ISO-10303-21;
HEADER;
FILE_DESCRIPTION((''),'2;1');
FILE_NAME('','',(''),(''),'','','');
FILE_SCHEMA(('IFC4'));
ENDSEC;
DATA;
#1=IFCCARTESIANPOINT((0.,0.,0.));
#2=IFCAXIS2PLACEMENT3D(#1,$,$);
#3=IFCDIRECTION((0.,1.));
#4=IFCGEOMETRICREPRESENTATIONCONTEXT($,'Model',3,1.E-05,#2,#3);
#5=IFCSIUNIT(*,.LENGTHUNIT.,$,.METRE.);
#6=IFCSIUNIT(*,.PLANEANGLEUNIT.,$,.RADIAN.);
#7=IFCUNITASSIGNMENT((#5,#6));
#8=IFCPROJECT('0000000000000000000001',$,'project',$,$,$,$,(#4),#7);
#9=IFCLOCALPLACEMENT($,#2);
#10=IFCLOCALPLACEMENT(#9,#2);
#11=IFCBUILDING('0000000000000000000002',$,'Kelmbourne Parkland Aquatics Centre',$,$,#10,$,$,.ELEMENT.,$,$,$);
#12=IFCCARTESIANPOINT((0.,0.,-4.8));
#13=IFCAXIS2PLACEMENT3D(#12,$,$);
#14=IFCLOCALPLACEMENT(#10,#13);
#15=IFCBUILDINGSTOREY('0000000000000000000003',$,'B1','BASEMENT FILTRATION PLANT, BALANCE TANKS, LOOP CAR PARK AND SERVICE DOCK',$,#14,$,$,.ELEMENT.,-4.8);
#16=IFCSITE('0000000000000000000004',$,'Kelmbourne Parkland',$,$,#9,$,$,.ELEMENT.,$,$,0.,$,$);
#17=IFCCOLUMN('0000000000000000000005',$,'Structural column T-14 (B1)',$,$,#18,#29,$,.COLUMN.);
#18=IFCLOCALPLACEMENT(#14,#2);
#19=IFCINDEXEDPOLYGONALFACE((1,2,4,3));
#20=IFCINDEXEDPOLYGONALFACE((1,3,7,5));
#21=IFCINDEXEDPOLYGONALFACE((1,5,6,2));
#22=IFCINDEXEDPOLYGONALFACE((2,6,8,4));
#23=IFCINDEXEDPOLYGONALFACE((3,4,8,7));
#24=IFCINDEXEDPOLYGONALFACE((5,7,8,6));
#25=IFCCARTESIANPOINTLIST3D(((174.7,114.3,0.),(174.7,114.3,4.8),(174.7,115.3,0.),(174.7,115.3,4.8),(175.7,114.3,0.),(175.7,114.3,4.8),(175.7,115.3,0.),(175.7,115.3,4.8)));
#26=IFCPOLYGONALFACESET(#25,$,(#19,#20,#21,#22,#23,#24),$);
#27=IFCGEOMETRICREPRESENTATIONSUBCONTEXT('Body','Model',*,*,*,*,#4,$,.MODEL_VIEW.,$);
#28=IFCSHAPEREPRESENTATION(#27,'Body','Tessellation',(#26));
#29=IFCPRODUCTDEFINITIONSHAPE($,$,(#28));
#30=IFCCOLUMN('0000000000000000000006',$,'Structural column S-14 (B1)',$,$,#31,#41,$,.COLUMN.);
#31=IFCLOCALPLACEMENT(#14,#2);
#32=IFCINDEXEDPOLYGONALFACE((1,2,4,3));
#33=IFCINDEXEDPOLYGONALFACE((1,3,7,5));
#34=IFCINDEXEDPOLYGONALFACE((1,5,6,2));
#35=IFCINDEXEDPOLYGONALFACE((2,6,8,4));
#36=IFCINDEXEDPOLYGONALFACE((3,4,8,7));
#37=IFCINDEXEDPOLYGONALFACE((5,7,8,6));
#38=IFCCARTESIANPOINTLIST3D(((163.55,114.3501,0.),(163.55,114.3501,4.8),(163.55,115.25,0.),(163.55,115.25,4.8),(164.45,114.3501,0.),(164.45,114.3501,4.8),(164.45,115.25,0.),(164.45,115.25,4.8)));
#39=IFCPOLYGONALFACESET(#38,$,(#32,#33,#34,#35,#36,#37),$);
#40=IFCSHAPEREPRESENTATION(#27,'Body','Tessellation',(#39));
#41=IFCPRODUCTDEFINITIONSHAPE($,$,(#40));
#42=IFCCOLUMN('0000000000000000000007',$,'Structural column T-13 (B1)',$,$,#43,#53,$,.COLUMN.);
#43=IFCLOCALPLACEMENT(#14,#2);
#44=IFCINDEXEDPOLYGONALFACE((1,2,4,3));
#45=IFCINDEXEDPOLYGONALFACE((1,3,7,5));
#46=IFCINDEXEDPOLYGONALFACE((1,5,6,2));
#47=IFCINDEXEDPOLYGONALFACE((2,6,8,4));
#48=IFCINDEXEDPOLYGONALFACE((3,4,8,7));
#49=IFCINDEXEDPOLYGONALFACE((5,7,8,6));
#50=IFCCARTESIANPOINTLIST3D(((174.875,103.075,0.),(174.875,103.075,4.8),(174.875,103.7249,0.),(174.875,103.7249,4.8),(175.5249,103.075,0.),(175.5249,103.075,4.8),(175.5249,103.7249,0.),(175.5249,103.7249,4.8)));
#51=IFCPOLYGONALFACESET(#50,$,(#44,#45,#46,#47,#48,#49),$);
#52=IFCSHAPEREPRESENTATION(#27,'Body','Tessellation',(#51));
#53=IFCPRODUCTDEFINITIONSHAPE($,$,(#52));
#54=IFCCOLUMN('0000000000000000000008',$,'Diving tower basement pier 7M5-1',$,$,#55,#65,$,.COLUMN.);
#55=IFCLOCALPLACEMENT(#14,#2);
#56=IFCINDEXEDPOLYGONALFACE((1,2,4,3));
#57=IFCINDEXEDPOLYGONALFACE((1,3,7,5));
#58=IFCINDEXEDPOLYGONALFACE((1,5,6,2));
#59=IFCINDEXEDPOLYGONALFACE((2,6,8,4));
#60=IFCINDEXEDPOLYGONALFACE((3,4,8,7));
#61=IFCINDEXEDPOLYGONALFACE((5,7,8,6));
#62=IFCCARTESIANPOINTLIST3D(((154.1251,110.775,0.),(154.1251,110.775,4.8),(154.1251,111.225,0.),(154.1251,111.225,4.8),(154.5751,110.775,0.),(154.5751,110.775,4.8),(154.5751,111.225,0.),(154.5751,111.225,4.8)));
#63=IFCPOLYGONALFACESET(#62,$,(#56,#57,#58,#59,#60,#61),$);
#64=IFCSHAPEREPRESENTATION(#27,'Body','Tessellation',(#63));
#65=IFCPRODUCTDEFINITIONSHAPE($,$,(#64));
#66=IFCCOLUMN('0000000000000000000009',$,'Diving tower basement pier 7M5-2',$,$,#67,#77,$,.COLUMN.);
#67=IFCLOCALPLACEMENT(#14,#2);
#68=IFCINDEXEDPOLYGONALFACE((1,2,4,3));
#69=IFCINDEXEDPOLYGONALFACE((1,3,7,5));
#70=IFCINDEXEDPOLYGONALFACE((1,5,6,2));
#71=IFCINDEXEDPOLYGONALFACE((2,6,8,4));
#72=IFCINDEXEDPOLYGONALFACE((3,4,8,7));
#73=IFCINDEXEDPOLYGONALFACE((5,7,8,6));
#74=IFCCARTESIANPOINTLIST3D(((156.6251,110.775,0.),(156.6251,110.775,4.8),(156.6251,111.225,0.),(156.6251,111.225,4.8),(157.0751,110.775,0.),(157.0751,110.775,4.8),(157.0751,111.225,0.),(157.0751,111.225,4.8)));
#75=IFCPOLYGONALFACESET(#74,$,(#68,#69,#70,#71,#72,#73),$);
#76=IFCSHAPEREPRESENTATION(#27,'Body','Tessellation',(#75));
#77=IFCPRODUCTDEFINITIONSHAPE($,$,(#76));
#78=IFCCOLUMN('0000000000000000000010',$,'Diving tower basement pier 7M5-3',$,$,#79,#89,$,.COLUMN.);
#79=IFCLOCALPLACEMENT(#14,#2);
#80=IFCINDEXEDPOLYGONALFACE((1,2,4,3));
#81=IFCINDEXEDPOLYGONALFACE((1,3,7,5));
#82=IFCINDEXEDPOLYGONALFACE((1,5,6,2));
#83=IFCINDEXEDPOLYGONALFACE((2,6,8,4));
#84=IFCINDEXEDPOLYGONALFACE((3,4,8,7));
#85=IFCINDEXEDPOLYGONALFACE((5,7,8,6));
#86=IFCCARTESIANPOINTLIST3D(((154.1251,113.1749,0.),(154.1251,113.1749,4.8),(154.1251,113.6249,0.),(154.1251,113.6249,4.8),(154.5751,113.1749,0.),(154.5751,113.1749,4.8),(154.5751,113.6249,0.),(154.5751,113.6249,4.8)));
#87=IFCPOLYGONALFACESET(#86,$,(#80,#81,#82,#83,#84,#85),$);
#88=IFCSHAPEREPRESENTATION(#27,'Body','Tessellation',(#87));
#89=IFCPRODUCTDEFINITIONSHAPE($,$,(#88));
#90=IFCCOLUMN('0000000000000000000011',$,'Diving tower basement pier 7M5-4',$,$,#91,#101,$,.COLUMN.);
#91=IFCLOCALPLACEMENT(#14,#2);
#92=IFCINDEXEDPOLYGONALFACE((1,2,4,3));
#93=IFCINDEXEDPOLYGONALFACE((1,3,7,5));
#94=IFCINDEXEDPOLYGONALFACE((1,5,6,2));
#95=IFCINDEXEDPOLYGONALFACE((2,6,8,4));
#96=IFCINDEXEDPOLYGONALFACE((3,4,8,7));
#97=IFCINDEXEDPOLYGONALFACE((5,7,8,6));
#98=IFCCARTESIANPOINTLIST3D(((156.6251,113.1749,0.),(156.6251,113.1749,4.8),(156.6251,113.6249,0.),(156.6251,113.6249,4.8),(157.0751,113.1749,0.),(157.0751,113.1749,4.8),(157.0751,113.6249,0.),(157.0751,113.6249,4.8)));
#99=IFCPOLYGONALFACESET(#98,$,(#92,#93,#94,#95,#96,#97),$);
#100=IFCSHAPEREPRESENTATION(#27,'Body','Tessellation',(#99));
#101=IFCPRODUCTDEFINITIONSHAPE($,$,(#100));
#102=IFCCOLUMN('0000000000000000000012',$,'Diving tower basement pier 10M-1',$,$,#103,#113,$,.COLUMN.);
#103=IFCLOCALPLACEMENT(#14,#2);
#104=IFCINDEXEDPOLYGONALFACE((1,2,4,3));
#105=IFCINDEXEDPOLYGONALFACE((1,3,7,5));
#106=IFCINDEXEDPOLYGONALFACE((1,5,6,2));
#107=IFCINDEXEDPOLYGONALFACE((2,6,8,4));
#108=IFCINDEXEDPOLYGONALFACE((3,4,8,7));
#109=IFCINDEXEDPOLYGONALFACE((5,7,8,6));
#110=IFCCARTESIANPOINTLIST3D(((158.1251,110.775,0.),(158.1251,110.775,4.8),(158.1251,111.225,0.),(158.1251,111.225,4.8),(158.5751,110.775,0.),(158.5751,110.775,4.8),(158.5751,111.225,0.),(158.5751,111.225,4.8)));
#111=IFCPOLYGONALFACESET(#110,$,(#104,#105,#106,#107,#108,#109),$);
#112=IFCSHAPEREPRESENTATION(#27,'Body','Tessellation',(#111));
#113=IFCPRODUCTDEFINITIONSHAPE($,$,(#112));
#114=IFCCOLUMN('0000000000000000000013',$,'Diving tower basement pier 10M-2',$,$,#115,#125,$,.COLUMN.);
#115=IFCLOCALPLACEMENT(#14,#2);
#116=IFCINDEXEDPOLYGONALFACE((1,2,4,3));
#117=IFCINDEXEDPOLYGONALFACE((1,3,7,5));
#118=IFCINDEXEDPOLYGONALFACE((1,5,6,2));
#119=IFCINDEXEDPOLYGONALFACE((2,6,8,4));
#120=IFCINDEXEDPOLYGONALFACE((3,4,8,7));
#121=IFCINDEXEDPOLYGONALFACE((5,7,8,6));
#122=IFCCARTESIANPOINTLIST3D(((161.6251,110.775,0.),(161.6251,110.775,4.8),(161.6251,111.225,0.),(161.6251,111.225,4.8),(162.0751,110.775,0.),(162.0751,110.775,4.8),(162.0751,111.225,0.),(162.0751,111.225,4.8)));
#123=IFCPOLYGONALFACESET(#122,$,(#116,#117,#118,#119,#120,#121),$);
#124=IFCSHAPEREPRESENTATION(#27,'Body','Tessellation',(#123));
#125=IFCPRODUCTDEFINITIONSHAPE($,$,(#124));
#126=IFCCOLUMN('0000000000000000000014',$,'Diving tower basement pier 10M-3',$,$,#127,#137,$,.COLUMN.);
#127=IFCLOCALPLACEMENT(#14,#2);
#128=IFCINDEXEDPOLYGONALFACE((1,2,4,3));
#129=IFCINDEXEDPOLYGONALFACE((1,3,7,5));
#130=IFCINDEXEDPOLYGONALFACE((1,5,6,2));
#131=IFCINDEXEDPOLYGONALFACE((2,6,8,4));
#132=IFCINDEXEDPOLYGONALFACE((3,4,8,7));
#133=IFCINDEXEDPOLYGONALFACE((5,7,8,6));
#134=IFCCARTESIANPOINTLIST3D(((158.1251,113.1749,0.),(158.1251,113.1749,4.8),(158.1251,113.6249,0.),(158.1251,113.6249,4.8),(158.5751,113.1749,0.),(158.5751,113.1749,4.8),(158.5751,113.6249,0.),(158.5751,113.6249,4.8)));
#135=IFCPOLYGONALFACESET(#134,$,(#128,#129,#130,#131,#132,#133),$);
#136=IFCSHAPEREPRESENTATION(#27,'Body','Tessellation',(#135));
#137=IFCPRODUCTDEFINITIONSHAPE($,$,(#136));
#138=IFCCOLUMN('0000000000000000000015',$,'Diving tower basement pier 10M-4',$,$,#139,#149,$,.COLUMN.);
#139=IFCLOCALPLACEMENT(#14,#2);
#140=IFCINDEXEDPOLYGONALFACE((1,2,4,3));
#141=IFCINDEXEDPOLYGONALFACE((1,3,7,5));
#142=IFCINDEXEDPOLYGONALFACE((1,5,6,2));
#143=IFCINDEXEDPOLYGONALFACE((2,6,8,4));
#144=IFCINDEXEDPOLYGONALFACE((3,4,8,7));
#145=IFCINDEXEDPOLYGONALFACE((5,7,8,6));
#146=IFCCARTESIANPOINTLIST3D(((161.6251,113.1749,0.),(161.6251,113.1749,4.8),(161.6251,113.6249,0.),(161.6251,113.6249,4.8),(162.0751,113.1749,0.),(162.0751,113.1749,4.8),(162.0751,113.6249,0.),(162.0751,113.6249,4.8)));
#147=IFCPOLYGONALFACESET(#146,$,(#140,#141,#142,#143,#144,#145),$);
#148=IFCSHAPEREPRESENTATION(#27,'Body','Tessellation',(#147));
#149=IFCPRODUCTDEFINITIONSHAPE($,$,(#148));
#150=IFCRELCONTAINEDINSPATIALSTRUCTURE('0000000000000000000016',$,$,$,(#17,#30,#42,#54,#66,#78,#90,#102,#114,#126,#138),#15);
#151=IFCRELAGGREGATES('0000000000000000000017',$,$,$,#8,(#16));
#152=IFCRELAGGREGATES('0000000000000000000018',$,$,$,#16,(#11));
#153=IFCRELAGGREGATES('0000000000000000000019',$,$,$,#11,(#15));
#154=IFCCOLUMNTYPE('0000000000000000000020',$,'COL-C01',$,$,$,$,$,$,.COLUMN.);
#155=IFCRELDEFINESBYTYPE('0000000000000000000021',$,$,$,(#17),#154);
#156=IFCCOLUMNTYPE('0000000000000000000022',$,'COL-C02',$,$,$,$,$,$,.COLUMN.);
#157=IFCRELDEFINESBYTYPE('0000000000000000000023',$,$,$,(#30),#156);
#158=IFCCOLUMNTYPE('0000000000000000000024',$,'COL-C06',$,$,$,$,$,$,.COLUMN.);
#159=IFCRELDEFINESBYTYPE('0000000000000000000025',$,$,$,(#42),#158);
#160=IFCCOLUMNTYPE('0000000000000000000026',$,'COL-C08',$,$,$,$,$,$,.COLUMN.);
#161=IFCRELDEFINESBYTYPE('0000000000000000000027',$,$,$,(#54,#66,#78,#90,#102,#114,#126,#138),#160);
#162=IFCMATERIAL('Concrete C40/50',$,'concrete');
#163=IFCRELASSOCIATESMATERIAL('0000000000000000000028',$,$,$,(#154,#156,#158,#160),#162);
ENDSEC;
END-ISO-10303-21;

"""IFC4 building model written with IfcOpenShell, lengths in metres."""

from ifc_helpers import new_model, si_unit, direction, frame, origin, origin_2d, place, context, subcontext, project, spatial, rectangle, extrude, material, material_profile, profile_set, type_object, element, save


model = new_model("IFC4")

# Units and contexts
model_context = context("Model", 3, precision=1e-05, world=origin(), true_north=direction((0.0, 1.0)))
body_context = subcontext(model_context, "Body", "Model", "MODEL_VIEW")
ifc_project = project(units=[si_unit("LENGTHUNIT", "METRE"), si_unit("PLANEANGLEUNIT", "RADIAN")], contexts=[model_context])

# Site, building, storey
site_placement = place(None, origin())
site = spatial("IfcSite", under=ifc_project, at=site_placement, Name="Kelmbourne Parkland", CompositionType="ELEMENT", RefElevation=0.0)
building_placement = place(site_placement, origin())
building = spatial("IfcBuilding", under=site, at=building_placement, Name="Kelmbourne Parkland Aquatics Centre", CompositionType="ELEMENT")
storey_placement = place(building_placement, frame((0.0, 0.0, -4.8)))
storey = spatial("IfcBuildingStorey", under=building, at=storey_placement, Name="B1", Description="BASEMENT FILTRATION PLANT, BALANCE TANKS, LOOP CAR PARK AND SERVICE DOCK", CompositionType="ELEMENT", Elevation=-4.8)

# Columns
ifc_material_1 = material(Name="Concrete C40/50", Category="concrete")
ifc_material_profile_1 = material_profile(ifc_material_1, rectangle(XDim=1.0, YDim=1.0, at=origin_2d()), Name="RC 1000x1000")
ifc_profile_set_1 = profile_set([ifc_material_profile_1], Name="Concrete C40/50")
column_type_1 = type_object("IfcColumnType", Name="COL-C01", PredefinedType="COLUMN", material=ifc_profile_set_1)
column_1_placement = place(storey_placement, frame((175.2, 114.8, 0.0), z_axis=(0.0, 0.0, 1.0), x_axis=(1.0, 0.0, 0.0)))
element("IfcColumn", 1, at=column_1_placement, inside=storey, type_object=column_type_1, Name="Structural column T-14 (B1)", PredefinedType="COLUMN", context=body_context, shape_type="SweptSolid", body=[
    extrude(rectangle(XDim=1.0, YDim=1.0, at=origin_2d()), origin(), (0.0, 0.0, 1.0), 4.8),
])
ifc_material_profile_2 = material_profile(ifc_material_1, rectangle(XDim=0.8999, YDim=0.8999, at=origin_2d()), Name="RC 900x900")
ifc_profile_set_2 = profile_set([ifc_material_profile_2], Name="Concrete C40/50")
column_type_2 = type_object("IfcColumnType", Name="COL-C02", PredefinedType="COLUMN", material=ifc_profile_set_2)
column_2_placement = place(storey_placement, frame((164.0, 114.8, 0.0), z_axis=(0.0, 0.0, 1.0), x_axis=(1.0, 0.0, 0.0)))
element("IfcColumn", 2, at=column_2_placement, inside=storey, type_object=column_type_2, Name="Structural column S-14 (B1)", PredefinedType="COLUMN", context=body_context, shape_type="SweptSolid", body=[
    extrude(rectangle(XDim=0.8999, YDim=0.8999, at=origin_2d()), origin(), (0.0, 0.0, 1.0), 4.8),
])
ifc_material_profile_3 = material_profile(ifc_material_1, rectangle(XDim=0.6499, YDim=0.6499, at=origin_2d()), Name="RC 650x650")
ifc_profile_set_3 = profile_set([ifc_material_profile_3], Name="Concrete C40/50")
column_type_3 = type_object("IfcColumnType", Name="COL-C06", PredefinedType="COLUMN", material=ifc_profile_set_3)
column_3_placement = place(storey_placement, frame((175.2, 103.3999, 0.0), z_axis=(0.0, 0.0, 1.0), x_axis=(1.0, 0.0, 0.0)))
element("IfcColumn", 3, at=column_3_placement, inside=storey, type_object=column_type_3, Name="Structural column T-13 (B1)", PredefinedType="COLUMN", context=body_context, shape_type="SweptSolid", body=[
    extrude(rectangle(XDim=0.6499, YDim=0.6499, at=origin_2d()), origin(), (0.0, 0.0, 1.0), 4.8),
])
ifc_material_profile_4 = material_profile(ifc_material_1, rectangle(XDim=0.45, YDim=0.45, at=origin_2d()), Name="RC 450x450")
ifc_profile_set_4 = profile_set([ifc_material_profile_4], Name="Concrete C40/50")
column_type_4 = type_object("IfcColumnType", Name="COL-C08", PredefinedType="COLUMN", material=ifc_profile_set_4)
for number, where, z_axis, x_axis, name in (
    (4, (154.3501, 111.0, 0.0), (0.0, 0.0, 1.0), (1.0, 0.0, 0.0), "Diving tower basement pier 7M5-1"),
    (5, (156.8501, 111.0, 0.0), (0.0, 0.0, 1.0), (1.0, 0.0, 0.0), "Diving tower basement pier 7M5-2"),
    (6, (154.3501, 113.3999, 0.0), (0.0, 0.0, 1.0), (1.0, 0.0, 0.0), "Diving tower basement pier 7M5-3"),
    (7, (156.8501, 113.3999, 0.0), (0.0, 0.0, 1.0), (1.0, 0.0, 0.0), "Diving tower basement pier 7M5-4"),
    (8, (158.3501, 111.0, 0.0), (0.0, 0.0, 1.0), (1.0, 0.0, 0.0), "Diving tower basement pier 10M-1"),
    (9, (161.8501, 111.0, 0.0), (0.0, 0.0, 1.0), (1.0, 0.0, 0.0), "Diving tower basement pier 10M-2"),
    (10, (158.3501, 113.3999, 0.0), (0.0, 0.0, 1.0), (1.0, 0.0, 0.0), "Diving tower basement pier 10M-3"),
    (11, (161.8501, 113.3999, 0.0), (0.0, 0.0, 1.0), (1.0, 0.0, 0.0), "Diving tower basement pier 10M-4"),
):
    element("IfcColumn", number, at=place(storey_placement, frame(where, z_axis=z_axis, x_axis=x_axis)), inside=storey, type_object=column_type_4, Name=name, PredefinedType="COLUMN", context=body_context, shape_type="SweptSolid", body=[
        extrude(rectangle(XDim=0.45, YDim=0.45, at=origin_2d()), origin(), (0.0, 0.0, 1.0), 4.8),
    ])

save(model, "model.ifc")
